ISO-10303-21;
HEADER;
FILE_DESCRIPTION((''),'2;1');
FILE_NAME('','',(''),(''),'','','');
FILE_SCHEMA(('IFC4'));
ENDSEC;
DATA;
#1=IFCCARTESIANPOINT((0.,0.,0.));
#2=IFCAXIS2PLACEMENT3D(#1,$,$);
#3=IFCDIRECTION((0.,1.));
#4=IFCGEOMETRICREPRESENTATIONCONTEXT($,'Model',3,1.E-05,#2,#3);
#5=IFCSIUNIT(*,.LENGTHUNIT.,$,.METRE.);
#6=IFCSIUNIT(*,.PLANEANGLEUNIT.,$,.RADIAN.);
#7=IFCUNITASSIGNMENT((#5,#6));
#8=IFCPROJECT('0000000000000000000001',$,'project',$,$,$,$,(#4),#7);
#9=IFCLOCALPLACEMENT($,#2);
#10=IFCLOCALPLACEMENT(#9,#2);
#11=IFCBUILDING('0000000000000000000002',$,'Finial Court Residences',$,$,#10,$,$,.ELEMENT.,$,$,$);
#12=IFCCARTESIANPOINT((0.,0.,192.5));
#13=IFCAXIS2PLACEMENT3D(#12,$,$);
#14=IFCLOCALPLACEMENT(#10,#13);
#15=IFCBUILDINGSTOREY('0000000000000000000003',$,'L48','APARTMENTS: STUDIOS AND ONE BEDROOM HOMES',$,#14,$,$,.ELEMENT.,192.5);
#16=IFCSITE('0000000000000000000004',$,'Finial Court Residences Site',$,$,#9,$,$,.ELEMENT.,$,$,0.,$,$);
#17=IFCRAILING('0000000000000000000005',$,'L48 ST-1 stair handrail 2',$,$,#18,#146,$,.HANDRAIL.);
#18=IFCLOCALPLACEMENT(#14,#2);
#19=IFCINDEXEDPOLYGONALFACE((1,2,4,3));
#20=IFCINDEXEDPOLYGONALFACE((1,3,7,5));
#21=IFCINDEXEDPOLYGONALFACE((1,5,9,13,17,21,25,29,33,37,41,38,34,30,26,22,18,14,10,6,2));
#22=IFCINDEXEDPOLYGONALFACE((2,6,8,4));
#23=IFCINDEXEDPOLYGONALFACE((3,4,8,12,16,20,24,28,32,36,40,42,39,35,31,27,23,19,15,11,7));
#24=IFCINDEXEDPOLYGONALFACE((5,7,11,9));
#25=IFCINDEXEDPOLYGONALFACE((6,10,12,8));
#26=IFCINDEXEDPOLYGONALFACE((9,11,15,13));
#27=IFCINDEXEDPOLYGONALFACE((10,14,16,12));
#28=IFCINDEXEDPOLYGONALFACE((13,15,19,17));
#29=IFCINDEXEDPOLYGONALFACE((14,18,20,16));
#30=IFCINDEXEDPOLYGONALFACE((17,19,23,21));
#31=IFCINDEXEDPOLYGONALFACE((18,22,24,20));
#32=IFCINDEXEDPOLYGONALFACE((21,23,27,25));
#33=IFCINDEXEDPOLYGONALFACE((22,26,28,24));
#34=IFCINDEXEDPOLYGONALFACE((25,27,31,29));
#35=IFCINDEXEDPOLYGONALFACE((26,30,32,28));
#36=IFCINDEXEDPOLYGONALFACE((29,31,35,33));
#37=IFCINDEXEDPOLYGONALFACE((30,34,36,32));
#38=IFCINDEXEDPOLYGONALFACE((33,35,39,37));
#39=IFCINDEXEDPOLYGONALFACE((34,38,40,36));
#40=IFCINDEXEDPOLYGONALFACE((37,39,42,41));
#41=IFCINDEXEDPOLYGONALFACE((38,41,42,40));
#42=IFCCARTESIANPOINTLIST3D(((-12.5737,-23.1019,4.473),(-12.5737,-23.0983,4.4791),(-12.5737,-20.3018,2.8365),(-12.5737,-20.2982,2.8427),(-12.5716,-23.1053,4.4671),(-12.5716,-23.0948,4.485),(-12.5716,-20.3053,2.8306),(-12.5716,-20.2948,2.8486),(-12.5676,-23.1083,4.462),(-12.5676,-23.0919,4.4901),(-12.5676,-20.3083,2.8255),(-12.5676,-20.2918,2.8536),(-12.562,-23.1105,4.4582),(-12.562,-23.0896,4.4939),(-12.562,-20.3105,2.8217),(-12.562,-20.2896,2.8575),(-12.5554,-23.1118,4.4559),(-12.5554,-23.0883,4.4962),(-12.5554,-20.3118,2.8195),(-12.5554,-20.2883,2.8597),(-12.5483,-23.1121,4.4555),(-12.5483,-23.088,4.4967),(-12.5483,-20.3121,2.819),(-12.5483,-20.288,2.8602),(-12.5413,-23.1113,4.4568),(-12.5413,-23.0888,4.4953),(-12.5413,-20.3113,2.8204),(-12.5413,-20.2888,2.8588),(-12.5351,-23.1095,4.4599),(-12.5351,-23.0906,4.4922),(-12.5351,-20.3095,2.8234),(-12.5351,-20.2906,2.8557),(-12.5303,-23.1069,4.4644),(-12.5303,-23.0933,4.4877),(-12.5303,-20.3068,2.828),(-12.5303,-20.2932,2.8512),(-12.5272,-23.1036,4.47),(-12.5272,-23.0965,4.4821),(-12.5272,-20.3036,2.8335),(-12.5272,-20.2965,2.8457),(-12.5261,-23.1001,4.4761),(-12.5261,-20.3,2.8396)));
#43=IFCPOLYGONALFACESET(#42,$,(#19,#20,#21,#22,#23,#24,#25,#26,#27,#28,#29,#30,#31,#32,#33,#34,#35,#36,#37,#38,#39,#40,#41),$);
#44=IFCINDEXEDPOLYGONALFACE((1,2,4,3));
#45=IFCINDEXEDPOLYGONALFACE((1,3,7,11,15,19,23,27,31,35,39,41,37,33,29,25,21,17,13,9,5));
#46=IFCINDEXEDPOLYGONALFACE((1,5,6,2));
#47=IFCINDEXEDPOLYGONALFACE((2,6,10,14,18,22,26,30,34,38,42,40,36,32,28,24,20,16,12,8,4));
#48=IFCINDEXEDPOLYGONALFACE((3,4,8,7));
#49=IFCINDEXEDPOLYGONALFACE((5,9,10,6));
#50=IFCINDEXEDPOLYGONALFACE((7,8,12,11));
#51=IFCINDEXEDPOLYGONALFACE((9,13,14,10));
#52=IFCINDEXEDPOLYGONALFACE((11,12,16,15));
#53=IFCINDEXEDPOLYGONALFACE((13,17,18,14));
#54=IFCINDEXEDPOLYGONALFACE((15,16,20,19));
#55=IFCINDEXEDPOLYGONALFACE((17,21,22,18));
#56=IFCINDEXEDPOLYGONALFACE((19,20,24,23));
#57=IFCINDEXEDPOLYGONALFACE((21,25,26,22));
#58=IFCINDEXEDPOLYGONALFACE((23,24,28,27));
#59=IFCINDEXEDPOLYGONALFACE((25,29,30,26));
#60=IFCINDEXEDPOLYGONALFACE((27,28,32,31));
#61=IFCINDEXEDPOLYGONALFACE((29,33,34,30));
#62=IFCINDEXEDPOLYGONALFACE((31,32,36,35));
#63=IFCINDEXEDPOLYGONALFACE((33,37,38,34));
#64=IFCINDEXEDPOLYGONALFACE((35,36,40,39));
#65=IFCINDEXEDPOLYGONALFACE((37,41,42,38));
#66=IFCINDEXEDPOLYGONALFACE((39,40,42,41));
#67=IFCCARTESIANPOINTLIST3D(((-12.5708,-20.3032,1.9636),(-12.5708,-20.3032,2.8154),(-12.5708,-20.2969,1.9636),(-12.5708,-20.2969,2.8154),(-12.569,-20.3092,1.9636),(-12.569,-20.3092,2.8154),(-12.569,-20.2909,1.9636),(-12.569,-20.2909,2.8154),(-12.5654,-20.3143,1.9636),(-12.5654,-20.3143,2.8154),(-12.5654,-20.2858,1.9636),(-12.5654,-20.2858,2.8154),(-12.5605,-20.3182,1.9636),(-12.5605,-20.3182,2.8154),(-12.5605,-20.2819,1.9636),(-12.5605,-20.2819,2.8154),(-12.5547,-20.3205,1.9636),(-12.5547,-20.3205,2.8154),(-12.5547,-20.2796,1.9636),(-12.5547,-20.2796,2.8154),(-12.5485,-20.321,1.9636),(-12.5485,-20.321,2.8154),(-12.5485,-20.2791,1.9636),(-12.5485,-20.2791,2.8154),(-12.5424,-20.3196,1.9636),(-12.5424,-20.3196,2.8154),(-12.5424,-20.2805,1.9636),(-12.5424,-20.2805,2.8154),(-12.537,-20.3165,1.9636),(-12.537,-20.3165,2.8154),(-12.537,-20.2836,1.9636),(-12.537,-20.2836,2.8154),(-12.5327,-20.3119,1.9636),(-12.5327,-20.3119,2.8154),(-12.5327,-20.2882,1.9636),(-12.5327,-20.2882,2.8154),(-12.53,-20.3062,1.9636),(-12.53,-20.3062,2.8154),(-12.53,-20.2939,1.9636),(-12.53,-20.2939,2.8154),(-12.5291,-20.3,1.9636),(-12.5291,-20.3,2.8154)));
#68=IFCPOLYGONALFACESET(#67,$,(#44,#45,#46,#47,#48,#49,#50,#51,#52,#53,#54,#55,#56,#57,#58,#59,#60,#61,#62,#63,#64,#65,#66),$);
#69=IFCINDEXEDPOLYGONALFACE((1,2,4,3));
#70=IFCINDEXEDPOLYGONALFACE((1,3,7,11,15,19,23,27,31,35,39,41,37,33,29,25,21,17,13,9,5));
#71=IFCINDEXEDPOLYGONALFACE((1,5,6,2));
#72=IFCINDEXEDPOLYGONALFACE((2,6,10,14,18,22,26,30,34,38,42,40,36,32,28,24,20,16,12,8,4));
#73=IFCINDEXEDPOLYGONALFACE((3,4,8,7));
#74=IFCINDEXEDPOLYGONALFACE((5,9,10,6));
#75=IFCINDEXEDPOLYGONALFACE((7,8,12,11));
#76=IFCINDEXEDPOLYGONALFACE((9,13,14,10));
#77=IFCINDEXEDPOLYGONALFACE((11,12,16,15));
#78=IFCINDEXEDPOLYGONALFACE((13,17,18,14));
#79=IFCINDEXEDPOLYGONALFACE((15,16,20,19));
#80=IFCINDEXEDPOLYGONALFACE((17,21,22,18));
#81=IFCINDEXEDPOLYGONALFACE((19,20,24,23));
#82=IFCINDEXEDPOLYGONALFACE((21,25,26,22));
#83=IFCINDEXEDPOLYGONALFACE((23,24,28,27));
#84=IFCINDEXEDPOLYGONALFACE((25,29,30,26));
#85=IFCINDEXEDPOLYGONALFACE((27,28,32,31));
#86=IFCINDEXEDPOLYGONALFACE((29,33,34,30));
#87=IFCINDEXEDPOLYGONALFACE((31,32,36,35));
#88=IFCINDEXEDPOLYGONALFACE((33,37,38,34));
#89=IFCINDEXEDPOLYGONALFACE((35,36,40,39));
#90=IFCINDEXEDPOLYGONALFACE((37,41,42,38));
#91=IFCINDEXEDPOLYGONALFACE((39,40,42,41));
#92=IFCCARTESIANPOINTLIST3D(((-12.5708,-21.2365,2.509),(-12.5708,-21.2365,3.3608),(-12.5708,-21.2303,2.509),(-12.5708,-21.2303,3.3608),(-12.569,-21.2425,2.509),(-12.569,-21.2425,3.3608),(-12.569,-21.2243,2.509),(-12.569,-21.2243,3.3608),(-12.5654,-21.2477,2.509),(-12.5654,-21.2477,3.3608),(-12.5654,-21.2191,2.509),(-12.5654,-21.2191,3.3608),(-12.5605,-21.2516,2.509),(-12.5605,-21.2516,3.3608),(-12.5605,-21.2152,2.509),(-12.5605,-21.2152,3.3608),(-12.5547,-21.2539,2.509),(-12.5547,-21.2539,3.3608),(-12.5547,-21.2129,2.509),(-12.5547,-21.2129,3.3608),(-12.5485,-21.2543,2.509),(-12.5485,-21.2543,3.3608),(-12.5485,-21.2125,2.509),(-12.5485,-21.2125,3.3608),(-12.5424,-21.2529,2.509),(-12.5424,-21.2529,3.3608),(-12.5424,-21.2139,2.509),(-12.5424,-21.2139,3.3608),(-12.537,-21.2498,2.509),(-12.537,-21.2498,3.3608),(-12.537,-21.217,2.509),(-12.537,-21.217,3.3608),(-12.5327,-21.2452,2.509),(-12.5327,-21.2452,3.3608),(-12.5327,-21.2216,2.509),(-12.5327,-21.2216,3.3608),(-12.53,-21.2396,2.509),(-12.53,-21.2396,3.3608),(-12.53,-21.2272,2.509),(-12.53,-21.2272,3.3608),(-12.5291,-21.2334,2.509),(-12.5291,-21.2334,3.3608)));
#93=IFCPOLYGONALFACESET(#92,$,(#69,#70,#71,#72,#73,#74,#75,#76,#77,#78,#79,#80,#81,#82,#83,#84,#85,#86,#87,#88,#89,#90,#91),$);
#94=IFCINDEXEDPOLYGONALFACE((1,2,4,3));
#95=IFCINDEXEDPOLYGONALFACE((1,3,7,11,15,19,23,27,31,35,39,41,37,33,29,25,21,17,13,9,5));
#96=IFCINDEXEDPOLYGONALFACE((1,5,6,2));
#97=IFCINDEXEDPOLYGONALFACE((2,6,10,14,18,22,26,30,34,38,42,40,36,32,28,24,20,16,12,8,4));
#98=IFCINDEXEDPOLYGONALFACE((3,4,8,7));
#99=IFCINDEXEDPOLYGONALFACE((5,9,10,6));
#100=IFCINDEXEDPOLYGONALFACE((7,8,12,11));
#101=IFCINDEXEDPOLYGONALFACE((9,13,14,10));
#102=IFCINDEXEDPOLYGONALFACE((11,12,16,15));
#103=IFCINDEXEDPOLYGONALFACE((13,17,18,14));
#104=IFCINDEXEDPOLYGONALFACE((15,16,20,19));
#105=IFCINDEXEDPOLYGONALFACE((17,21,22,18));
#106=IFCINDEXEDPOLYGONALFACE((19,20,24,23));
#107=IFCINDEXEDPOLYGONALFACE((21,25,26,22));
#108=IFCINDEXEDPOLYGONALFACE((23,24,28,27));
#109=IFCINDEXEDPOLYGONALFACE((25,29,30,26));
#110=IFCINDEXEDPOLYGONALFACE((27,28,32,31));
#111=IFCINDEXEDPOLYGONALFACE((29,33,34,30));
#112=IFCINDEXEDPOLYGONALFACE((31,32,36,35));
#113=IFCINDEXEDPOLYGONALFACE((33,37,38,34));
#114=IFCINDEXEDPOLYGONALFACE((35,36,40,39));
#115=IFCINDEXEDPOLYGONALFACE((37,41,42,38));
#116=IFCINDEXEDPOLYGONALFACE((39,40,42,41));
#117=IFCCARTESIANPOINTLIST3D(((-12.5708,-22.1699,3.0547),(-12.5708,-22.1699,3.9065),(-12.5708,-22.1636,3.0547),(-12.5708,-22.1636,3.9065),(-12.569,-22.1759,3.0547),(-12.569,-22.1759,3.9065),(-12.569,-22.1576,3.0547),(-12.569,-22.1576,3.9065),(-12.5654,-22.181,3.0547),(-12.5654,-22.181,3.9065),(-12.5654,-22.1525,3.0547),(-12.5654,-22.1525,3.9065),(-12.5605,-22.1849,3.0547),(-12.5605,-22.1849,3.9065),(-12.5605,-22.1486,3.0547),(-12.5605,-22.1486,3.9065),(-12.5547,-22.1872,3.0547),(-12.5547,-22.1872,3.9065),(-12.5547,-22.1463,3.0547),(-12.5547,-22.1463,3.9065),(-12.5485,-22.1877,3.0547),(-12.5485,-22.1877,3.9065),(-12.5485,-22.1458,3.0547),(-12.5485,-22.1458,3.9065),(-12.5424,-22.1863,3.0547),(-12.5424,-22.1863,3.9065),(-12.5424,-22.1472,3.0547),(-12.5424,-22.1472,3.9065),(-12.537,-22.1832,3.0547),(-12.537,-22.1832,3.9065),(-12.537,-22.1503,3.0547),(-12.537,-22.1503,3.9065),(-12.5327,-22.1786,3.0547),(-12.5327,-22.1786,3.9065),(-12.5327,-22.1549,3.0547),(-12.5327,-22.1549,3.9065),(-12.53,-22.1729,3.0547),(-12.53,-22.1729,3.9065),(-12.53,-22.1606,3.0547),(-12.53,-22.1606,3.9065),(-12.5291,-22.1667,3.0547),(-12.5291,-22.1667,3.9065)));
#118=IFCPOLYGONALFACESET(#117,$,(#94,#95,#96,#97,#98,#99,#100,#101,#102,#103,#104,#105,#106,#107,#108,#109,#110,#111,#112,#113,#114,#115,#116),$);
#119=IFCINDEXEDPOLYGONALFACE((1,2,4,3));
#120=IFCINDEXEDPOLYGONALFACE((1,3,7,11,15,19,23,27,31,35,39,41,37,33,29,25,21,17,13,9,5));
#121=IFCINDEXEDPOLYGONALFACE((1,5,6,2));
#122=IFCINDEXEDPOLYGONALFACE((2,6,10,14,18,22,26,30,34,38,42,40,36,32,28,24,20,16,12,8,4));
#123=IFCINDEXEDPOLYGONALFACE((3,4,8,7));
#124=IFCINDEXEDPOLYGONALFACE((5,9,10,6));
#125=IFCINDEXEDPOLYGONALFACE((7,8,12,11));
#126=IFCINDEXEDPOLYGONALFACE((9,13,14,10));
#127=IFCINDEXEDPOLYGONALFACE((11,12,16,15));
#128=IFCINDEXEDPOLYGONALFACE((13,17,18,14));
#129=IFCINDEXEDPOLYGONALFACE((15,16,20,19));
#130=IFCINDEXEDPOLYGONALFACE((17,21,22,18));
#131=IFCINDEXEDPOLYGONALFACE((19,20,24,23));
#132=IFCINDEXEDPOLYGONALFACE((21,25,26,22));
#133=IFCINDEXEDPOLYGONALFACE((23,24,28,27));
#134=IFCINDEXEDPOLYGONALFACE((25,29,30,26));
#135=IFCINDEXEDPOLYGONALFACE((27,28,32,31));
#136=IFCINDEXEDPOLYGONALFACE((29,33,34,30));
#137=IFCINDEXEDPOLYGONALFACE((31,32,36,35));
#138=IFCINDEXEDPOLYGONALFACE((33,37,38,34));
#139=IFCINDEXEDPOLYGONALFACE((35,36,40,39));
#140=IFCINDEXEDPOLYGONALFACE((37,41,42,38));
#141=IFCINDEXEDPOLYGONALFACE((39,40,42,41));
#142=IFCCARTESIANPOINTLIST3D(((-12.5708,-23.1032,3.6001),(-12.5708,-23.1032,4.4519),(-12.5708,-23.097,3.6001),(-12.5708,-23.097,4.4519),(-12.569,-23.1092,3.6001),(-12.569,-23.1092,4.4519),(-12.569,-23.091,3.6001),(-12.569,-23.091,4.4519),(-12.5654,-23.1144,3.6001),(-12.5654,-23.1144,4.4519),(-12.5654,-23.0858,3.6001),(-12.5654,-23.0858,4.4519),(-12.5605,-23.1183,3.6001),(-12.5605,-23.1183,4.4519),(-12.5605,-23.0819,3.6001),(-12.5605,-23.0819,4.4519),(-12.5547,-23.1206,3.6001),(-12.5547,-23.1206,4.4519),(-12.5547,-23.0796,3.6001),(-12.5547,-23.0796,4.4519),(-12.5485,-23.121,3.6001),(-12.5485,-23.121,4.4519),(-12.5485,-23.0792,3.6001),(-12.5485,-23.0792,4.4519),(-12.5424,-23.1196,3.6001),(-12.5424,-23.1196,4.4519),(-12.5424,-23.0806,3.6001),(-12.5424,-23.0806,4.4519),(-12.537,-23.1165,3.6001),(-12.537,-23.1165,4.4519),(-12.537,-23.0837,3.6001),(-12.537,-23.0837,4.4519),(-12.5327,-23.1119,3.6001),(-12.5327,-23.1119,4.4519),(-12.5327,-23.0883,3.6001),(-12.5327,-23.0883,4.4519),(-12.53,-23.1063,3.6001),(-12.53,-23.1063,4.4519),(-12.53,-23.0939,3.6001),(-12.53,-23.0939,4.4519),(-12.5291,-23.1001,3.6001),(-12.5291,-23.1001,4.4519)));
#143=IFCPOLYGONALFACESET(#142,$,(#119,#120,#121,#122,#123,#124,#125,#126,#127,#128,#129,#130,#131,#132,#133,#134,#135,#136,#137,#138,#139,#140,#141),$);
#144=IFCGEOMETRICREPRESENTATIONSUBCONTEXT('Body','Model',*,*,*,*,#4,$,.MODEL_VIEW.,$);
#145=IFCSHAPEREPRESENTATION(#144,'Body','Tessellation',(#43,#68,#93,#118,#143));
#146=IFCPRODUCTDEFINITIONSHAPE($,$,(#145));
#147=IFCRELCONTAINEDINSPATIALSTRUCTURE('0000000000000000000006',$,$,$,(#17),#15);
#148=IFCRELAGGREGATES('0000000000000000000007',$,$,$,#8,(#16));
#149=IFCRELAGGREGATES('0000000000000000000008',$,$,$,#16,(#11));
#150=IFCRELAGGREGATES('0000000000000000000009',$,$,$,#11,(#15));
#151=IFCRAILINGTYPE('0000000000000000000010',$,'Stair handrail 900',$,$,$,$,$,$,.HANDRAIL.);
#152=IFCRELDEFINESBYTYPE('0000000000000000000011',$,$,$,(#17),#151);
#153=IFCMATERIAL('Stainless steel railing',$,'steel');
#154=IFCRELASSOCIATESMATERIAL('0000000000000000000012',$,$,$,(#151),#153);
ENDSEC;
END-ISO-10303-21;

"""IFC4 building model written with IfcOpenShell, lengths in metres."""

from ifc_helpers import new_model, si_unit, direction, frame, origin, origin_2d, place, context, subcontext, project, spatial, circle, extrude, material, type_object, element, save


model = new_model("IFC4")

# Units and contexts
model_context = context("Model", 3, precision=1e-05, world=origin(), true_north=direction((0.0, 1.0)))
body_context = subcontext(model_context, "Body", "Model", "MODEL_VIEW")
ifc_project = project(units=[si_unit("LENGTHUNIT", "METRE"), si_unit("PLANEANGLEUNIT", "RADIAN")], contexts=[model_context])

# Site, building, storey
site_placement = place(None, origin())
site = spatial("IfcSite", under=ifc_project, at=site_placement, Name="Finial Court Residences Site", CompositionType="ELEMENT", RefElevation=0.0)
building_placement = place(site_placement, origin())
building = spatial("IfcBuilding", under=site, at=building_placement, Name="Finial Court Residences", CompositionType="ELEMENT")
storey_placement = place(building_placement, frame((0.0, 0.0, 192.5)))
storey = spatial("IfcBuildingStorey", under=building, at=storey_placement, Name="L48", Description="APARTMENTS: STUDIOS AND ONE BEDROOM HOMES", CompositionType="ELEMENT", Elevation=192.5)

# Railing
ifc_material_1 = material(Name="Stainless steel railing", Category="steel")
railing_type_1 = type_object("IfcRailingType", Name="Stair handrail 900", PredefinedType="HANDRAIL", material=ifc_material_1)
railing_1_placement = place(storey_placement, frame((-12.55, -20.3, 1.9636)))
element("IfcRailing", 1, at=railing_1_placement, inside=storey, type_object=railing_type_1, Name="L48 ST-1 stair handrail 2", PredefinedType="HANDRAIL", context=body_context, shape_type="SweptSolid", body=[
    extrude(circle(Radius=0.0239, at=origin_2d()), frame((0.0, 0.0, 0.876), z_axis=(0.0, -0.863361, 0.504587), x_axis=(1.0, 0.0, 0.0)), (0.0, 0.0, 1.0), 3.2432),
    extrude(circle(Radius=0.021, at=origin_2d()), origin(), (0.0, 0.0, 1.0), 0.8518),
    extrude(circle(Radius=0.021, at=origin_2d()), frame((0.0, -0.9333, 0.5454)), (0.0, 0.0, 1.0), 0.8518),
    extrude(circle(Radius=0.021, at=origin_2d()), frame((0.0, -1.8667, 1.0911)), (0.0, 0.0, 1.0), 0.8518),
    extrude(circle(Radius=0.021, at=origin_2d()), frame((0.0, -2.8, 1.6365)), (0.0, 0.0, 1.0), 0.8518),
])

save(model, "model.ifc")
